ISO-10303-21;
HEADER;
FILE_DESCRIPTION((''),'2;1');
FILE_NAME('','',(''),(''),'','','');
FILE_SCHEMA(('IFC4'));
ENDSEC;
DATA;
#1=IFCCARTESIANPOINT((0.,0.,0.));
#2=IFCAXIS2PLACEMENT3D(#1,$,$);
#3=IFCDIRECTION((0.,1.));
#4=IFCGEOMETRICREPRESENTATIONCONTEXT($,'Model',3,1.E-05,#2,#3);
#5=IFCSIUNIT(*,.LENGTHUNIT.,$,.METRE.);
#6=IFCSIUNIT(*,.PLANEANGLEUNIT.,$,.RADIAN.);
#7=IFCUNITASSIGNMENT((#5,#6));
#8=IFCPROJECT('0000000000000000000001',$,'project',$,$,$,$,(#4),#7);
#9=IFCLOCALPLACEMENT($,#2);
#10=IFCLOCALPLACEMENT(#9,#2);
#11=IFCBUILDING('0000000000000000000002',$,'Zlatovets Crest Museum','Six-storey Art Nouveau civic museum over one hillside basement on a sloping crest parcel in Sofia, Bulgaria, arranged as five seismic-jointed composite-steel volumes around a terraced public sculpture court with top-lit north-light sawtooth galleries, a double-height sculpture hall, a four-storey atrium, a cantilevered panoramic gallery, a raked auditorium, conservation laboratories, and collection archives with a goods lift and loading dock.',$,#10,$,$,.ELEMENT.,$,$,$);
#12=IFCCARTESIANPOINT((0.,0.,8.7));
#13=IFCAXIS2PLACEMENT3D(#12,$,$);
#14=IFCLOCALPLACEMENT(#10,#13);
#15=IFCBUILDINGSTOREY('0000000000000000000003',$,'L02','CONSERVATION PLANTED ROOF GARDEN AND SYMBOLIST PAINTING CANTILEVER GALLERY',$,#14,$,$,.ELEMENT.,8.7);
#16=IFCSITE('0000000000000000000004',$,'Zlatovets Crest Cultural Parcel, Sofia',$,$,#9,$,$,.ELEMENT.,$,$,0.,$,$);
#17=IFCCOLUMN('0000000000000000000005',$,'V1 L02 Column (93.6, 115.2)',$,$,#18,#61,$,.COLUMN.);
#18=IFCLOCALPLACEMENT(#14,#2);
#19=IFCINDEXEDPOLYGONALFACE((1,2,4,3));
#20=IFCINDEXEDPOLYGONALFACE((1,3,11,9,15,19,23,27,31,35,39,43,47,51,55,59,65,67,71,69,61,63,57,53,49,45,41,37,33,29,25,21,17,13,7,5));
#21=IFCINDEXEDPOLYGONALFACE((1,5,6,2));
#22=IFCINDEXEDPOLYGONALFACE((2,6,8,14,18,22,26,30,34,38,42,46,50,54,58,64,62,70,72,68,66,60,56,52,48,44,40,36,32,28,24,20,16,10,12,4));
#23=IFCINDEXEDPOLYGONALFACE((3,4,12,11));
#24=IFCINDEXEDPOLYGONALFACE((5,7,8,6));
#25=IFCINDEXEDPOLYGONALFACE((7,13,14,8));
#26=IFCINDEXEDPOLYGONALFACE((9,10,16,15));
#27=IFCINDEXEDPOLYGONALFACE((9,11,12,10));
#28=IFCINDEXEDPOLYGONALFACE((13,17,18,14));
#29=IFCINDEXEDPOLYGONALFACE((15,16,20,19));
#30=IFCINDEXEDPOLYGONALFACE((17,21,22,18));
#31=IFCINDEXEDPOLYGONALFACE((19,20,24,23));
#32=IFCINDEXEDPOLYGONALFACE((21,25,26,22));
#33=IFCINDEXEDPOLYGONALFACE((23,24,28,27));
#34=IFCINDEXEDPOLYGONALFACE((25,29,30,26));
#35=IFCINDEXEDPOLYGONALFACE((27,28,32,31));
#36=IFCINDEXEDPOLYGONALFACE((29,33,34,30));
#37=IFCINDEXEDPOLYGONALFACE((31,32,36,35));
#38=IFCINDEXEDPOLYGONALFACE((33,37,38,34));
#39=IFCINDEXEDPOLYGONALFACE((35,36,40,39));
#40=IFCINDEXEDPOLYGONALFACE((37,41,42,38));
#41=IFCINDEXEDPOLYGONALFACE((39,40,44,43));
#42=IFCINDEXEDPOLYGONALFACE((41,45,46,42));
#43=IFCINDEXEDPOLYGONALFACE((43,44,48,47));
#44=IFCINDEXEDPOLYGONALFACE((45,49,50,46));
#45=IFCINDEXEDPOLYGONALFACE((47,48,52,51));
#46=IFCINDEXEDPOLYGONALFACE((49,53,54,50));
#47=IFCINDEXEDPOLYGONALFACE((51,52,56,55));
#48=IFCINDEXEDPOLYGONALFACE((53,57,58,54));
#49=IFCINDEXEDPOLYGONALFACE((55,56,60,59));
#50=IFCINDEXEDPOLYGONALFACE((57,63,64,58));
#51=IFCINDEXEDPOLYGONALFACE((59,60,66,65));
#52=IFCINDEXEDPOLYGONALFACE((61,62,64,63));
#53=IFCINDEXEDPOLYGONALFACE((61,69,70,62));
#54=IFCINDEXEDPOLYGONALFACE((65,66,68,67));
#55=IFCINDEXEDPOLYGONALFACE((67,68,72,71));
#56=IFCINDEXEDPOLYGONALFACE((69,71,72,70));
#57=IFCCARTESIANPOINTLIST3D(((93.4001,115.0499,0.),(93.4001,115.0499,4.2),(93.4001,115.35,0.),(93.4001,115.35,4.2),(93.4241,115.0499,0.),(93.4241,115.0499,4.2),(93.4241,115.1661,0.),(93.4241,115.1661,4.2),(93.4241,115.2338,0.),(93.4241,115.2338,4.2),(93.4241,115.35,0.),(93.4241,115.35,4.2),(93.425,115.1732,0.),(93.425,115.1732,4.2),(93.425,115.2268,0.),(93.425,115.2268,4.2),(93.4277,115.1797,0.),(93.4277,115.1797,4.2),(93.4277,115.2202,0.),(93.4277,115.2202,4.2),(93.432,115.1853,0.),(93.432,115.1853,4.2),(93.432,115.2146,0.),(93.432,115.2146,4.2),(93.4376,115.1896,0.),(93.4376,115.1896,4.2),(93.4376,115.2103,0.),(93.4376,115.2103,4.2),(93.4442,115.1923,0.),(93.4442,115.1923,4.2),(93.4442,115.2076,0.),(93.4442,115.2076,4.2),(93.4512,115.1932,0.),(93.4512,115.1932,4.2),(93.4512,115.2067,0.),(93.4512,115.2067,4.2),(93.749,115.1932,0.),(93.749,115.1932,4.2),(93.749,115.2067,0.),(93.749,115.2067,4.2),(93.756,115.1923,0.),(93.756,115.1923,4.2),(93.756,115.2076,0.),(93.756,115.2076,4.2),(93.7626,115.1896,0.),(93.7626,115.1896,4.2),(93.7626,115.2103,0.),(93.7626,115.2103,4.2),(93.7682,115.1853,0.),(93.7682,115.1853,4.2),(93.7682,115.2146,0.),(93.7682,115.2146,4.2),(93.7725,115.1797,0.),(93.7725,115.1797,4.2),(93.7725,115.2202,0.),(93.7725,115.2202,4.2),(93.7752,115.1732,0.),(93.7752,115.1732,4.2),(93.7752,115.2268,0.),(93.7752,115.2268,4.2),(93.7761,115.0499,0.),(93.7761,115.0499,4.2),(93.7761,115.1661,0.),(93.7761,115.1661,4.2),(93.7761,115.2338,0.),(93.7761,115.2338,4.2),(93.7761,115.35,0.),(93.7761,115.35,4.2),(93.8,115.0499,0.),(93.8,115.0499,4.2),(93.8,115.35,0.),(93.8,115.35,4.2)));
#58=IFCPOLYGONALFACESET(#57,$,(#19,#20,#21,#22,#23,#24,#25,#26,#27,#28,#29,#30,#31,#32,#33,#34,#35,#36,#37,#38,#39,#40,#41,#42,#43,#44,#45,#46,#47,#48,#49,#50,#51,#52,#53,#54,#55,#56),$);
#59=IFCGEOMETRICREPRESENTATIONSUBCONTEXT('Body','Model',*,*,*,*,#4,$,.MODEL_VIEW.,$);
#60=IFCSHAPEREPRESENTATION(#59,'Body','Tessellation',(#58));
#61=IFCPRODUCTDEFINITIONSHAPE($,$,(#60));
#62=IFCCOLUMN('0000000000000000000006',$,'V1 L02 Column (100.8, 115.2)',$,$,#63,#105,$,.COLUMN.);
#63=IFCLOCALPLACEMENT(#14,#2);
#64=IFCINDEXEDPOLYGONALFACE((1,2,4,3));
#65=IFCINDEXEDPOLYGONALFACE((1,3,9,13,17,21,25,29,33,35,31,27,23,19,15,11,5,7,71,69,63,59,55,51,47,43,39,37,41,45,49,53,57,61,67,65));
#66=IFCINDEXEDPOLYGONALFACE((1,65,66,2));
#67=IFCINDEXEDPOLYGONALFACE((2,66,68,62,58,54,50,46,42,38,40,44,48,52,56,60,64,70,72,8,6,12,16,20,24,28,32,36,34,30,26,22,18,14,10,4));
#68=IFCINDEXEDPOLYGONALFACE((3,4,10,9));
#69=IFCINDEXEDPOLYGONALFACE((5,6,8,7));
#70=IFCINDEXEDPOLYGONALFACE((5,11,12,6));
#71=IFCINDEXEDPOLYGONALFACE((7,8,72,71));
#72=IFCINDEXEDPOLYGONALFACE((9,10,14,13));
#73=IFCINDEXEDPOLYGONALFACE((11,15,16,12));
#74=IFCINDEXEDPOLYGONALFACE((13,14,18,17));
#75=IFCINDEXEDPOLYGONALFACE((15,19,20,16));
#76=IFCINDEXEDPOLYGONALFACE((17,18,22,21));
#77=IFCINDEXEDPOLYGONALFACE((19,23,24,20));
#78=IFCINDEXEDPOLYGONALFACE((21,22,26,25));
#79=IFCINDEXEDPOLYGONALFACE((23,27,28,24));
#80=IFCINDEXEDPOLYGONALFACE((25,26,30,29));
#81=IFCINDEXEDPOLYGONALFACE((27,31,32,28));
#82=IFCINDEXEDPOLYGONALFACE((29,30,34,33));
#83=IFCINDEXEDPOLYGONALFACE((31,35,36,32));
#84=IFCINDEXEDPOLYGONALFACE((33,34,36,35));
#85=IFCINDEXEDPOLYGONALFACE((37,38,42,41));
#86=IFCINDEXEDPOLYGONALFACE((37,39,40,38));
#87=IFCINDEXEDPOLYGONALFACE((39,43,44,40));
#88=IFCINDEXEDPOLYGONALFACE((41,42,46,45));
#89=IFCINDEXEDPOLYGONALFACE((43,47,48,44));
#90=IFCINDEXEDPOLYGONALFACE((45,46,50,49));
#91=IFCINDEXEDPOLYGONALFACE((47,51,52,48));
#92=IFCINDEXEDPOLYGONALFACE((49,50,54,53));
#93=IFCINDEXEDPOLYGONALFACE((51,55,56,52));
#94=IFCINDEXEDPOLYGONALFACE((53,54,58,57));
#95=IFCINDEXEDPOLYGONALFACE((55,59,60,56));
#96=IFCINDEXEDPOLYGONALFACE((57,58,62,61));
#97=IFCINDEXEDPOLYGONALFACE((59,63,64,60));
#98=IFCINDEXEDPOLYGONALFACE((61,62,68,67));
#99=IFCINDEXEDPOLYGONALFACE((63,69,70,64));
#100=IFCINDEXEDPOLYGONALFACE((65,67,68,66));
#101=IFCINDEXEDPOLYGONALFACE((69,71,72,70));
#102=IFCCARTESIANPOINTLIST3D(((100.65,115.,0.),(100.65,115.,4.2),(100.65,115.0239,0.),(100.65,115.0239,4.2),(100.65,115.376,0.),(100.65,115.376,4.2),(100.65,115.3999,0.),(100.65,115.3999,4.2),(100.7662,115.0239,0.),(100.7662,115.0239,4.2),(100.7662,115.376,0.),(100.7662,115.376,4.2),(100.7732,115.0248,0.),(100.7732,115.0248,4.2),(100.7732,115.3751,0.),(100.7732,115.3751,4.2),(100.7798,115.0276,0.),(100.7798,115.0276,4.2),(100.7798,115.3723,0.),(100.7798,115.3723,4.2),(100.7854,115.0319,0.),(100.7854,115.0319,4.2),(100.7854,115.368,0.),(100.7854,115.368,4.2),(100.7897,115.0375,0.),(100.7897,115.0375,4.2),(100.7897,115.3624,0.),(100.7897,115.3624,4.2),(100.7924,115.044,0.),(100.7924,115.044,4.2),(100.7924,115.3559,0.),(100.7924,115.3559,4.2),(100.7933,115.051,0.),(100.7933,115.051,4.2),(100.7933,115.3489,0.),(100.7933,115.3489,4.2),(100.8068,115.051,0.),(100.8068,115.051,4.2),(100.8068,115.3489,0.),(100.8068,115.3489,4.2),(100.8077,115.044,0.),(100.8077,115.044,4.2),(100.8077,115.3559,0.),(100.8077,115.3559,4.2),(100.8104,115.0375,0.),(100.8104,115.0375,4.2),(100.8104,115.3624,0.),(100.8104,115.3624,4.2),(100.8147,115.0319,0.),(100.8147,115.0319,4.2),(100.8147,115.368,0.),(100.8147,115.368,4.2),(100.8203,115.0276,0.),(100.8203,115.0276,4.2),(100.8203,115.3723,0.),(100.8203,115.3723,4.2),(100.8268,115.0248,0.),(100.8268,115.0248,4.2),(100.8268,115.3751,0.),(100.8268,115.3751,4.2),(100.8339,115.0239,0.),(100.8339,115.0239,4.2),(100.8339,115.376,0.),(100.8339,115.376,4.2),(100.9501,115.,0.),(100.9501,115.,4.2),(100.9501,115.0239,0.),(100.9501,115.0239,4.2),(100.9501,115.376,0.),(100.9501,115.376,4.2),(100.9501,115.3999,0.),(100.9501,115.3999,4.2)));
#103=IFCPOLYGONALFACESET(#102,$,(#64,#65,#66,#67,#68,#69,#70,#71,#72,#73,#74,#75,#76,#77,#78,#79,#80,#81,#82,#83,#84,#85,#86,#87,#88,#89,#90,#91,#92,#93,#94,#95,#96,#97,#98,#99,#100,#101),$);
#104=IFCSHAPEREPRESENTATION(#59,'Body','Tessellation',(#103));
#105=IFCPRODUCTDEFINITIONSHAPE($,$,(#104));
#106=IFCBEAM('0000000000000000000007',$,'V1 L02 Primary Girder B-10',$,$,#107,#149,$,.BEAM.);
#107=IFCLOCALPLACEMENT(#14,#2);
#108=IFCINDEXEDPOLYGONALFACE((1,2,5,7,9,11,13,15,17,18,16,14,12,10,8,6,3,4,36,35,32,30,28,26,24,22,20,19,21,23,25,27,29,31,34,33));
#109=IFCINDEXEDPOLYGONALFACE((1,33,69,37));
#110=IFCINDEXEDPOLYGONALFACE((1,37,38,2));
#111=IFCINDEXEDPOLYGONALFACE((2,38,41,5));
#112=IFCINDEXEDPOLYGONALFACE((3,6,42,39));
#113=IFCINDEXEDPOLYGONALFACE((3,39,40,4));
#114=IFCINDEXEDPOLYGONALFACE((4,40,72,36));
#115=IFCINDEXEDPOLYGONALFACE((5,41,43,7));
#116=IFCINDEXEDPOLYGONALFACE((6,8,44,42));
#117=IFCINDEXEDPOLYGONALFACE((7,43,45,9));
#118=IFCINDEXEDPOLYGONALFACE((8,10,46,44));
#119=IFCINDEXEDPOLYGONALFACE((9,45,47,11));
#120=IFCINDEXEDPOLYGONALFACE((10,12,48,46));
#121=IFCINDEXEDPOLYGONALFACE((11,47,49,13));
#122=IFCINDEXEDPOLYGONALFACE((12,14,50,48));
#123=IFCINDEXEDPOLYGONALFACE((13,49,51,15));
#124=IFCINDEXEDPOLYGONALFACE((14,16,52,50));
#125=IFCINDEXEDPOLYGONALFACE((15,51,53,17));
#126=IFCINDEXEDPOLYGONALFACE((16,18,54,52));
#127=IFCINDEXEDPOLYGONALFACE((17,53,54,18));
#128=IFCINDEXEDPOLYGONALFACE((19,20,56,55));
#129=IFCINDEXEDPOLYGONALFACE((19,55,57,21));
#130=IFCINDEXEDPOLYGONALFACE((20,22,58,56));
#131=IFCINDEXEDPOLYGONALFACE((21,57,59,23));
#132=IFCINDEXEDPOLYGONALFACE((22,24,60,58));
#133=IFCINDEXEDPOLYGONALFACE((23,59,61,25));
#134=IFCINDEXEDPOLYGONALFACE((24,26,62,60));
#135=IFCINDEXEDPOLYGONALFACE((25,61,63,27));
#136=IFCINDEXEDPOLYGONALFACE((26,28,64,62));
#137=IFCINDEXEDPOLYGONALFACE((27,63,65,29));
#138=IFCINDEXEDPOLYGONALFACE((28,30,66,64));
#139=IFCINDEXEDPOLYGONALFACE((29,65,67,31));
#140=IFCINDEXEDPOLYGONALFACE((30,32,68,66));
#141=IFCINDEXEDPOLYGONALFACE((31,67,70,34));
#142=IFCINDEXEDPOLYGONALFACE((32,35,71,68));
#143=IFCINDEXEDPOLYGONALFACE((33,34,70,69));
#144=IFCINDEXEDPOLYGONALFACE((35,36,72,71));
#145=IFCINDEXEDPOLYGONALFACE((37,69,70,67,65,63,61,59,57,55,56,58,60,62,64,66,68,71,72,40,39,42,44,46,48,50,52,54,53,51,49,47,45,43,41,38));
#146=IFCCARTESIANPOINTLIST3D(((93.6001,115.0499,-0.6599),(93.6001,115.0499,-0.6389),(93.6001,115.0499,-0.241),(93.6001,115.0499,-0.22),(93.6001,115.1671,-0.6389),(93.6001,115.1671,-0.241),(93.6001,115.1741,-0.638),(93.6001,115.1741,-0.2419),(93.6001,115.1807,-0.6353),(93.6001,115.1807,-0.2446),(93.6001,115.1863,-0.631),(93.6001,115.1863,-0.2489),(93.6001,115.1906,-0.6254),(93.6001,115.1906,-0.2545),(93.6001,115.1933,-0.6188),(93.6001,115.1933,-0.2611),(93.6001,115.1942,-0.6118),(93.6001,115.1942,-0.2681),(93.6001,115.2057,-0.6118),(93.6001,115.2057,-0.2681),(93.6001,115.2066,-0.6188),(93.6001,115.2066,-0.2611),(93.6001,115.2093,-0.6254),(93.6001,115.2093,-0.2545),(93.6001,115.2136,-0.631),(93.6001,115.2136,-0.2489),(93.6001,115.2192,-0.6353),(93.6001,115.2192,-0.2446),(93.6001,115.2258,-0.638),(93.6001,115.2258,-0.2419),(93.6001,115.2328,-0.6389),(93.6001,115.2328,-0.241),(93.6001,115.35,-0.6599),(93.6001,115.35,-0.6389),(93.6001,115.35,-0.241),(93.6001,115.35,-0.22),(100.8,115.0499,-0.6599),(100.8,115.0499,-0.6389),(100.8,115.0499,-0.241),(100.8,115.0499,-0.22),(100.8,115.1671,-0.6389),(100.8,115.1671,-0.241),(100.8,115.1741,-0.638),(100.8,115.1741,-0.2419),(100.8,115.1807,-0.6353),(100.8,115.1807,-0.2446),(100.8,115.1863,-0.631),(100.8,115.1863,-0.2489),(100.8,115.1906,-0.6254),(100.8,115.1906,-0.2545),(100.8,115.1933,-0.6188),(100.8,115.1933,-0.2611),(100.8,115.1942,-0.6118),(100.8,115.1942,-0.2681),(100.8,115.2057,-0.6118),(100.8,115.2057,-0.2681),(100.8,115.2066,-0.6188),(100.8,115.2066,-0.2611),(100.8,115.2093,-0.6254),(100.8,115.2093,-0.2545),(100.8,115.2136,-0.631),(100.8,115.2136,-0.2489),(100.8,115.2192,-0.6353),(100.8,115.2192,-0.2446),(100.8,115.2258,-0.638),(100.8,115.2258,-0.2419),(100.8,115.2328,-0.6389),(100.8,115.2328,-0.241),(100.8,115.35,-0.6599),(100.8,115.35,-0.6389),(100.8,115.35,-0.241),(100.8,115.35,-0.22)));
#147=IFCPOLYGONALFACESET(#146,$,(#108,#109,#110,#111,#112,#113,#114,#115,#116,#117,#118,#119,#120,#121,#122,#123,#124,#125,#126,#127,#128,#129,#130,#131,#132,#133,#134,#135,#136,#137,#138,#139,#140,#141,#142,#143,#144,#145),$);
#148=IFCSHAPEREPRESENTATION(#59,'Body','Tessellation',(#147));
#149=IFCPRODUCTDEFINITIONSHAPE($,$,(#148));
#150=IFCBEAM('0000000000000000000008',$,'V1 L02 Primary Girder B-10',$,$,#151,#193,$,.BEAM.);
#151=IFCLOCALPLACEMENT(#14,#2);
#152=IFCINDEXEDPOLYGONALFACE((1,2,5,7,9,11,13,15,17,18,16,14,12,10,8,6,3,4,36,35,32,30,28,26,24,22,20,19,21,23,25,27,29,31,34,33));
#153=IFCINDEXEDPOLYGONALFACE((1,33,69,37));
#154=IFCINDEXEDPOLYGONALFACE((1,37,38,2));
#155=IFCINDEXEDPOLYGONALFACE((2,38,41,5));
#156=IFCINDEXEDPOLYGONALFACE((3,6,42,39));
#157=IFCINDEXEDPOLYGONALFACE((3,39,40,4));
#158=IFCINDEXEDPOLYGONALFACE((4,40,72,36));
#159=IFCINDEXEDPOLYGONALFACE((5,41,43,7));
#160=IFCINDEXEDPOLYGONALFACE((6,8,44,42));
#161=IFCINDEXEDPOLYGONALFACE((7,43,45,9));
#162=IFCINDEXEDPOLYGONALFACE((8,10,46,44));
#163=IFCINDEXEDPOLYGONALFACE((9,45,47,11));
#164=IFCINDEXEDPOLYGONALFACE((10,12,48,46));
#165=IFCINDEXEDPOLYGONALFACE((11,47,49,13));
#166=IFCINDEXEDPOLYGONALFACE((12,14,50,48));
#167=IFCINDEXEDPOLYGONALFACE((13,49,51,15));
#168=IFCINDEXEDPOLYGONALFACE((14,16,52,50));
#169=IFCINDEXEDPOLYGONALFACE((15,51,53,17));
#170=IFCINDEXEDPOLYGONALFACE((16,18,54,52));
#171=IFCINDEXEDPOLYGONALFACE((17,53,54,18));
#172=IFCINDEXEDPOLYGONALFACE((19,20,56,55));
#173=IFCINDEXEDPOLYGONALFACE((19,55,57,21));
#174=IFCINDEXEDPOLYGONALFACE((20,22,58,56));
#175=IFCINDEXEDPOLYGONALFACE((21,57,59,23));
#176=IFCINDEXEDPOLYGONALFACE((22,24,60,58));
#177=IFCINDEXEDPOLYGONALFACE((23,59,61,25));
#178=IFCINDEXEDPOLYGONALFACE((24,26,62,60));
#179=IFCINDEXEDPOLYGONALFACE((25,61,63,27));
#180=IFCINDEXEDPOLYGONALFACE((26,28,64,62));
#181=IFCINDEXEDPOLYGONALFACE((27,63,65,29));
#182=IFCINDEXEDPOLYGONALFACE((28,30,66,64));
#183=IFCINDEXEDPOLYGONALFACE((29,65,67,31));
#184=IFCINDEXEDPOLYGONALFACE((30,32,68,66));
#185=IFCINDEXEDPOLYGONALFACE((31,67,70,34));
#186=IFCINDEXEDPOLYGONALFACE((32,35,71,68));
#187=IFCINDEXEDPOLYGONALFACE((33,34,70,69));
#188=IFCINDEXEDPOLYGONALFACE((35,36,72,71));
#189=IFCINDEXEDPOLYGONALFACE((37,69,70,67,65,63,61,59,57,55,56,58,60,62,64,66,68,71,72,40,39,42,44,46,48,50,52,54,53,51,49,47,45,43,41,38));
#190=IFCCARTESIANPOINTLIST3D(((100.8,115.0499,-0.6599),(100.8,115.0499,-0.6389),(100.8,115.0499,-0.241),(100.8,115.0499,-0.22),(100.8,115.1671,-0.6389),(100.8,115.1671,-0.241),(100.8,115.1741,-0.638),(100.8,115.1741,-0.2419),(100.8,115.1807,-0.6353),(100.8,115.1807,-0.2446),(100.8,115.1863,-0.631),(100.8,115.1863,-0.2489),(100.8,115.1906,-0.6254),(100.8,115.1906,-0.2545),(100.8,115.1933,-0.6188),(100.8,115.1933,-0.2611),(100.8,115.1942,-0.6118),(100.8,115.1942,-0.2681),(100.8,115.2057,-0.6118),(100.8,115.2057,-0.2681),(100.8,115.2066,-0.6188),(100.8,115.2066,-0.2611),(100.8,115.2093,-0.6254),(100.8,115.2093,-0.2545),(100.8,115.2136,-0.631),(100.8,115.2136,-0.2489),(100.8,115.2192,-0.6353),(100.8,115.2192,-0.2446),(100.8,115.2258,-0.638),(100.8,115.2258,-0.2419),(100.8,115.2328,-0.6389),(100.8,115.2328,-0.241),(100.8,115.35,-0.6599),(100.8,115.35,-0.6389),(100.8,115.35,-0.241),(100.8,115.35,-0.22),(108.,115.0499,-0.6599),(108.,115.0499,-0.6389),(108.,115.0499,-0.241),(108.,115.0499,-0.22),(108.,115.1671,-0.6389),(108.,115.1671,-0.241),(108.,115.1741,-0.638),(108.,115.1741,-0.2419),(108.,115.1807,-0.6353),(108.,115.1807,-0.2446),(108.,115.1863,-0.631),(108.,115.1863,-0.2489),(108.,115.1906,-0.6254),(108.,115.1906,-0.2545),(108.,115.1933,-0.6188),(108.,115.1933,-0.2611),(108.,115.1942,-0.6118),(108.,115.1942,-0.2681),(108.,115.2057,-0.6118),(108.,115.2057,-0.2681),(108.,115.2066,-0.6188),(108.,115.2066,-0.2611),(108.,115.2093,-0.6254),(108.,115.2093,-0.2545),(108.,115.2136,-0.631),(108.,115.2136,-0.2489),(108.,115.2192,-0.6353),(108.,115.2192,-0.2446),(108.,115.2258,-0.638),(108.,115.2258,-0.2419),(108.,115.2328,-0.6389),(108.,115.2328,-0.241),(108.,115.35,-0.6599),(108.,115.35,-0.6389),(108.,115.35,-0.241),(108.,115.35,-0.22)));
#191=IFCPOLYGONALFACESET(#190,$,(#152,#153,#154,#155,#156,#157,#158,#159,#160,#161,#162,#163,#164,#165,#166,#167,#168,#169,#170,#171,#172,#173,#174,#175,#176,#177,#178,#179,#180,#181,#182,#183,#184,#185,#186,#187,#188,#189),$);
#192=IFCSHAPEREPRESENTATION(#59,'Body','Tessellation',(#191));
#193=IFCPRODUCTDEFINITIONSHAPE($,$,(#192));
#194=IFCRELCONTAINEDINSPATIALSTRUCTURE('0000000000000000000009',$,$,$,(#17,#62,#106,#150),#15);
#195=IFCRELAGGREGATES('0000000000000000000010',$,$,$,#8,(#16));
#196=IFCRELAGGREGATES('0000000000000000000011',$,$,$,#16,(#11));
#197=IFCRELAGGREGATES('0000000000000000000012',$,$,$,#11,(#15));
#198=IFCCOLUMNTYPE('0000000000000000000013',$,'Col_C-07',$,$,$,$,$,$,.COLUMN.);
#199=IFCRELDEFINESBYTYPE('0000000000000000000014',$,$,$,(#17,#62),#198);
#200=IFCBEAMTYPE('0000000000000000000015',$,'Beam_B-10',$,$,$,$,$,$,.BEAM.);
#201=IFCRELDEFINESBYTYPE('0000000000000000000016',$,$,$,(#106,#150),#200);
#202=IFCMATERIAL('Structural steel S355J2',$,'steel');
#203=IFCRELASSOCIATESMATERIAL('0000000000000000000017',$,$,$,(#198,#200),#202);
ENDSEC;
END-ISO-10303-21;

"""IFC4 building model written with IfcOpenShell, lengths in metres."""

from ifc_helpers import new_model, si_unit, direction, frame, origin, origin_2d, place, context, subcontext, project, spatial, i_section, extrude, material, material_profile, profile_set, type_object, element, save


model = new_model("IFC4")

# Units and contexts
model_context = context("Model", 3, precision=1e-05, world=origin(), true_north=direction((0.0, 1.0)))
body_context = subcontext(model_context, "Body", "Model", "MODEL_VIEW")
ifc_project = project(units=[si_unit("LENGTHUNIT", "METRE"), si_unit("PLANEANGLEUNIT", "RADIAN")], contexts=[model_context])

# Site, building, storey
site_placement = place(None, origin())
site = spatial("IfcSite", under=ifc_project, at=site_placement, Name="Zlatovets Crest Cultural Parcel, Sofia", CompositionType="ELEMENT", RefElevation=0.0)
building_placement = place(site_placement, origin())
building = spatial("IfcBuilding", under=site, at=building_placement, Name="Zlatovets Crest Museum", Description="Six-storey Art Nouveau civic museum over one hillside basement on a sloping crest parcel in Sofia, Bulgaria, arranged as five seismic-jointed composite-steel volumes around a terraced public sculpture court with top-lit north-light sawtooth galleries, a double-height sculpture hall, a four-storey atrium, a cantilevered panoramic gallery, a raked auditorium, conservation laboratories, and collection archives with a goods lift and loading dock.", CompositionType="ELEMENT")
storey_placement = place(building_placement, frame((0.0, 0.0, 8.7)))
storey = spatial("IfcBuildingStorey", under=building, at=storey_placement, Name="L02", Description="CONSERVATION PLANTED ROOF GARDEN AND SYMBOLIST PAINTING CANTILEVER GALLERY", CompositionType="ELEMENT", Elevation=8.7)

# Columns
ifc_material_1 = material(Name="Structural steel S355J2", Category="steel")
ifc_material_profile_1 = material_profile(ifc_material_1, i_section(OverallWidth=0.3, OverallDepth=0.3999, WebThickness=0.0134, FlangeThickness=0.0239, FilletRadius=0.0271, at=origin_2d()), Name="HEB 400")
ifc_profile_set_1 = profile_set([ifc_material_profile_1], Name="Structural steel S355J2")
column_type = type_object("IfcColumnType", Name="Col_C-07", PredefinedType="COLUMN", material=ifc_profile_set_1)
for number, where, z_axis, x_axis, name in (
    (1, (93.6001, 115.2, 0.0), (0.0, 0.0, 1.0), (0.0, 1.0, 0.0), "V1 L02 Column (93.6, 115.2)"),
    (2, (100.8, 115.2, 0.0), (0.0, 0.0, 1.0), (1.0, 0.0, 0.0), "V1 L02 Column (100.8, 115.2)"),
):
    element("IfcColumn", number, at=place(storey_placement, frame(where, z_axis=z_axis, x_axis=x_axis)), inside=storey, type_object=column_type, Name=name, PredefinedType="COLUMN", context=body_context, shape_type="SweptSolid", body=[
        extrude(i_section(OverallWidth=0.3, OverallDepth=0.3999, WebThickness=0.0134, FlangeThickness=0.0239, FilletRadius=0.0271, at=origin_2d()), origin(), (0.0, 0.0, 1.0), 4.2),
    ])

# Beams
ifc_material_profile_2 = material_profile(ifc_material_1, i_section(OverallWidth=0.3, OverallDepth=0.4399, WebThickness=0.0115, FlangeThickness=0.021, FilletRadius=0.0271, at=origin_2d()), Name="HEA 450")
ifc_profile_set_2 = profile_set([ifc_material_profile_2], Name="Structural steel S355J2")
beam_type_1 = type_object("IfcBeamType", Name="Beam_B-10", PredefinedType="BEAM", material=ifc_profile_set_2)
for number, where, z_axis, x_axis, name in (
    (3, (93.6001, 115.2, -0.4399), (1.0, 0.0, 0.0), (0.0, 1.0, 0.0), "V1 L02 Primary Girder B-10"),
    (4, (100.8, 115.2, -0.4399), (1.0, 0.0, 0.0), (0.0, 1.0, 0.0), "V1 L02 Primary Girder B-10"),
):
    element("IfcBeam", number, at=place(storey_placement, frame(where, z_axis=z_axis, x_axis=x_axis)), inside=storey, type_object=beam_type_1, Name=name, PredefinedType="BEAM", context=body_context, shape_type="SweptSolid", body=[
        extrude(i_section(OverallWidth=0.3, OverallDepth=0.4399, WebThickness=0.0115, FlangeThickness=0.021, FilletRadius=0.0271, at=origin_2d()), origin(), (0.0, 0.0, 1.0), 7.2),
    ])

save(model, "model.ifc")
